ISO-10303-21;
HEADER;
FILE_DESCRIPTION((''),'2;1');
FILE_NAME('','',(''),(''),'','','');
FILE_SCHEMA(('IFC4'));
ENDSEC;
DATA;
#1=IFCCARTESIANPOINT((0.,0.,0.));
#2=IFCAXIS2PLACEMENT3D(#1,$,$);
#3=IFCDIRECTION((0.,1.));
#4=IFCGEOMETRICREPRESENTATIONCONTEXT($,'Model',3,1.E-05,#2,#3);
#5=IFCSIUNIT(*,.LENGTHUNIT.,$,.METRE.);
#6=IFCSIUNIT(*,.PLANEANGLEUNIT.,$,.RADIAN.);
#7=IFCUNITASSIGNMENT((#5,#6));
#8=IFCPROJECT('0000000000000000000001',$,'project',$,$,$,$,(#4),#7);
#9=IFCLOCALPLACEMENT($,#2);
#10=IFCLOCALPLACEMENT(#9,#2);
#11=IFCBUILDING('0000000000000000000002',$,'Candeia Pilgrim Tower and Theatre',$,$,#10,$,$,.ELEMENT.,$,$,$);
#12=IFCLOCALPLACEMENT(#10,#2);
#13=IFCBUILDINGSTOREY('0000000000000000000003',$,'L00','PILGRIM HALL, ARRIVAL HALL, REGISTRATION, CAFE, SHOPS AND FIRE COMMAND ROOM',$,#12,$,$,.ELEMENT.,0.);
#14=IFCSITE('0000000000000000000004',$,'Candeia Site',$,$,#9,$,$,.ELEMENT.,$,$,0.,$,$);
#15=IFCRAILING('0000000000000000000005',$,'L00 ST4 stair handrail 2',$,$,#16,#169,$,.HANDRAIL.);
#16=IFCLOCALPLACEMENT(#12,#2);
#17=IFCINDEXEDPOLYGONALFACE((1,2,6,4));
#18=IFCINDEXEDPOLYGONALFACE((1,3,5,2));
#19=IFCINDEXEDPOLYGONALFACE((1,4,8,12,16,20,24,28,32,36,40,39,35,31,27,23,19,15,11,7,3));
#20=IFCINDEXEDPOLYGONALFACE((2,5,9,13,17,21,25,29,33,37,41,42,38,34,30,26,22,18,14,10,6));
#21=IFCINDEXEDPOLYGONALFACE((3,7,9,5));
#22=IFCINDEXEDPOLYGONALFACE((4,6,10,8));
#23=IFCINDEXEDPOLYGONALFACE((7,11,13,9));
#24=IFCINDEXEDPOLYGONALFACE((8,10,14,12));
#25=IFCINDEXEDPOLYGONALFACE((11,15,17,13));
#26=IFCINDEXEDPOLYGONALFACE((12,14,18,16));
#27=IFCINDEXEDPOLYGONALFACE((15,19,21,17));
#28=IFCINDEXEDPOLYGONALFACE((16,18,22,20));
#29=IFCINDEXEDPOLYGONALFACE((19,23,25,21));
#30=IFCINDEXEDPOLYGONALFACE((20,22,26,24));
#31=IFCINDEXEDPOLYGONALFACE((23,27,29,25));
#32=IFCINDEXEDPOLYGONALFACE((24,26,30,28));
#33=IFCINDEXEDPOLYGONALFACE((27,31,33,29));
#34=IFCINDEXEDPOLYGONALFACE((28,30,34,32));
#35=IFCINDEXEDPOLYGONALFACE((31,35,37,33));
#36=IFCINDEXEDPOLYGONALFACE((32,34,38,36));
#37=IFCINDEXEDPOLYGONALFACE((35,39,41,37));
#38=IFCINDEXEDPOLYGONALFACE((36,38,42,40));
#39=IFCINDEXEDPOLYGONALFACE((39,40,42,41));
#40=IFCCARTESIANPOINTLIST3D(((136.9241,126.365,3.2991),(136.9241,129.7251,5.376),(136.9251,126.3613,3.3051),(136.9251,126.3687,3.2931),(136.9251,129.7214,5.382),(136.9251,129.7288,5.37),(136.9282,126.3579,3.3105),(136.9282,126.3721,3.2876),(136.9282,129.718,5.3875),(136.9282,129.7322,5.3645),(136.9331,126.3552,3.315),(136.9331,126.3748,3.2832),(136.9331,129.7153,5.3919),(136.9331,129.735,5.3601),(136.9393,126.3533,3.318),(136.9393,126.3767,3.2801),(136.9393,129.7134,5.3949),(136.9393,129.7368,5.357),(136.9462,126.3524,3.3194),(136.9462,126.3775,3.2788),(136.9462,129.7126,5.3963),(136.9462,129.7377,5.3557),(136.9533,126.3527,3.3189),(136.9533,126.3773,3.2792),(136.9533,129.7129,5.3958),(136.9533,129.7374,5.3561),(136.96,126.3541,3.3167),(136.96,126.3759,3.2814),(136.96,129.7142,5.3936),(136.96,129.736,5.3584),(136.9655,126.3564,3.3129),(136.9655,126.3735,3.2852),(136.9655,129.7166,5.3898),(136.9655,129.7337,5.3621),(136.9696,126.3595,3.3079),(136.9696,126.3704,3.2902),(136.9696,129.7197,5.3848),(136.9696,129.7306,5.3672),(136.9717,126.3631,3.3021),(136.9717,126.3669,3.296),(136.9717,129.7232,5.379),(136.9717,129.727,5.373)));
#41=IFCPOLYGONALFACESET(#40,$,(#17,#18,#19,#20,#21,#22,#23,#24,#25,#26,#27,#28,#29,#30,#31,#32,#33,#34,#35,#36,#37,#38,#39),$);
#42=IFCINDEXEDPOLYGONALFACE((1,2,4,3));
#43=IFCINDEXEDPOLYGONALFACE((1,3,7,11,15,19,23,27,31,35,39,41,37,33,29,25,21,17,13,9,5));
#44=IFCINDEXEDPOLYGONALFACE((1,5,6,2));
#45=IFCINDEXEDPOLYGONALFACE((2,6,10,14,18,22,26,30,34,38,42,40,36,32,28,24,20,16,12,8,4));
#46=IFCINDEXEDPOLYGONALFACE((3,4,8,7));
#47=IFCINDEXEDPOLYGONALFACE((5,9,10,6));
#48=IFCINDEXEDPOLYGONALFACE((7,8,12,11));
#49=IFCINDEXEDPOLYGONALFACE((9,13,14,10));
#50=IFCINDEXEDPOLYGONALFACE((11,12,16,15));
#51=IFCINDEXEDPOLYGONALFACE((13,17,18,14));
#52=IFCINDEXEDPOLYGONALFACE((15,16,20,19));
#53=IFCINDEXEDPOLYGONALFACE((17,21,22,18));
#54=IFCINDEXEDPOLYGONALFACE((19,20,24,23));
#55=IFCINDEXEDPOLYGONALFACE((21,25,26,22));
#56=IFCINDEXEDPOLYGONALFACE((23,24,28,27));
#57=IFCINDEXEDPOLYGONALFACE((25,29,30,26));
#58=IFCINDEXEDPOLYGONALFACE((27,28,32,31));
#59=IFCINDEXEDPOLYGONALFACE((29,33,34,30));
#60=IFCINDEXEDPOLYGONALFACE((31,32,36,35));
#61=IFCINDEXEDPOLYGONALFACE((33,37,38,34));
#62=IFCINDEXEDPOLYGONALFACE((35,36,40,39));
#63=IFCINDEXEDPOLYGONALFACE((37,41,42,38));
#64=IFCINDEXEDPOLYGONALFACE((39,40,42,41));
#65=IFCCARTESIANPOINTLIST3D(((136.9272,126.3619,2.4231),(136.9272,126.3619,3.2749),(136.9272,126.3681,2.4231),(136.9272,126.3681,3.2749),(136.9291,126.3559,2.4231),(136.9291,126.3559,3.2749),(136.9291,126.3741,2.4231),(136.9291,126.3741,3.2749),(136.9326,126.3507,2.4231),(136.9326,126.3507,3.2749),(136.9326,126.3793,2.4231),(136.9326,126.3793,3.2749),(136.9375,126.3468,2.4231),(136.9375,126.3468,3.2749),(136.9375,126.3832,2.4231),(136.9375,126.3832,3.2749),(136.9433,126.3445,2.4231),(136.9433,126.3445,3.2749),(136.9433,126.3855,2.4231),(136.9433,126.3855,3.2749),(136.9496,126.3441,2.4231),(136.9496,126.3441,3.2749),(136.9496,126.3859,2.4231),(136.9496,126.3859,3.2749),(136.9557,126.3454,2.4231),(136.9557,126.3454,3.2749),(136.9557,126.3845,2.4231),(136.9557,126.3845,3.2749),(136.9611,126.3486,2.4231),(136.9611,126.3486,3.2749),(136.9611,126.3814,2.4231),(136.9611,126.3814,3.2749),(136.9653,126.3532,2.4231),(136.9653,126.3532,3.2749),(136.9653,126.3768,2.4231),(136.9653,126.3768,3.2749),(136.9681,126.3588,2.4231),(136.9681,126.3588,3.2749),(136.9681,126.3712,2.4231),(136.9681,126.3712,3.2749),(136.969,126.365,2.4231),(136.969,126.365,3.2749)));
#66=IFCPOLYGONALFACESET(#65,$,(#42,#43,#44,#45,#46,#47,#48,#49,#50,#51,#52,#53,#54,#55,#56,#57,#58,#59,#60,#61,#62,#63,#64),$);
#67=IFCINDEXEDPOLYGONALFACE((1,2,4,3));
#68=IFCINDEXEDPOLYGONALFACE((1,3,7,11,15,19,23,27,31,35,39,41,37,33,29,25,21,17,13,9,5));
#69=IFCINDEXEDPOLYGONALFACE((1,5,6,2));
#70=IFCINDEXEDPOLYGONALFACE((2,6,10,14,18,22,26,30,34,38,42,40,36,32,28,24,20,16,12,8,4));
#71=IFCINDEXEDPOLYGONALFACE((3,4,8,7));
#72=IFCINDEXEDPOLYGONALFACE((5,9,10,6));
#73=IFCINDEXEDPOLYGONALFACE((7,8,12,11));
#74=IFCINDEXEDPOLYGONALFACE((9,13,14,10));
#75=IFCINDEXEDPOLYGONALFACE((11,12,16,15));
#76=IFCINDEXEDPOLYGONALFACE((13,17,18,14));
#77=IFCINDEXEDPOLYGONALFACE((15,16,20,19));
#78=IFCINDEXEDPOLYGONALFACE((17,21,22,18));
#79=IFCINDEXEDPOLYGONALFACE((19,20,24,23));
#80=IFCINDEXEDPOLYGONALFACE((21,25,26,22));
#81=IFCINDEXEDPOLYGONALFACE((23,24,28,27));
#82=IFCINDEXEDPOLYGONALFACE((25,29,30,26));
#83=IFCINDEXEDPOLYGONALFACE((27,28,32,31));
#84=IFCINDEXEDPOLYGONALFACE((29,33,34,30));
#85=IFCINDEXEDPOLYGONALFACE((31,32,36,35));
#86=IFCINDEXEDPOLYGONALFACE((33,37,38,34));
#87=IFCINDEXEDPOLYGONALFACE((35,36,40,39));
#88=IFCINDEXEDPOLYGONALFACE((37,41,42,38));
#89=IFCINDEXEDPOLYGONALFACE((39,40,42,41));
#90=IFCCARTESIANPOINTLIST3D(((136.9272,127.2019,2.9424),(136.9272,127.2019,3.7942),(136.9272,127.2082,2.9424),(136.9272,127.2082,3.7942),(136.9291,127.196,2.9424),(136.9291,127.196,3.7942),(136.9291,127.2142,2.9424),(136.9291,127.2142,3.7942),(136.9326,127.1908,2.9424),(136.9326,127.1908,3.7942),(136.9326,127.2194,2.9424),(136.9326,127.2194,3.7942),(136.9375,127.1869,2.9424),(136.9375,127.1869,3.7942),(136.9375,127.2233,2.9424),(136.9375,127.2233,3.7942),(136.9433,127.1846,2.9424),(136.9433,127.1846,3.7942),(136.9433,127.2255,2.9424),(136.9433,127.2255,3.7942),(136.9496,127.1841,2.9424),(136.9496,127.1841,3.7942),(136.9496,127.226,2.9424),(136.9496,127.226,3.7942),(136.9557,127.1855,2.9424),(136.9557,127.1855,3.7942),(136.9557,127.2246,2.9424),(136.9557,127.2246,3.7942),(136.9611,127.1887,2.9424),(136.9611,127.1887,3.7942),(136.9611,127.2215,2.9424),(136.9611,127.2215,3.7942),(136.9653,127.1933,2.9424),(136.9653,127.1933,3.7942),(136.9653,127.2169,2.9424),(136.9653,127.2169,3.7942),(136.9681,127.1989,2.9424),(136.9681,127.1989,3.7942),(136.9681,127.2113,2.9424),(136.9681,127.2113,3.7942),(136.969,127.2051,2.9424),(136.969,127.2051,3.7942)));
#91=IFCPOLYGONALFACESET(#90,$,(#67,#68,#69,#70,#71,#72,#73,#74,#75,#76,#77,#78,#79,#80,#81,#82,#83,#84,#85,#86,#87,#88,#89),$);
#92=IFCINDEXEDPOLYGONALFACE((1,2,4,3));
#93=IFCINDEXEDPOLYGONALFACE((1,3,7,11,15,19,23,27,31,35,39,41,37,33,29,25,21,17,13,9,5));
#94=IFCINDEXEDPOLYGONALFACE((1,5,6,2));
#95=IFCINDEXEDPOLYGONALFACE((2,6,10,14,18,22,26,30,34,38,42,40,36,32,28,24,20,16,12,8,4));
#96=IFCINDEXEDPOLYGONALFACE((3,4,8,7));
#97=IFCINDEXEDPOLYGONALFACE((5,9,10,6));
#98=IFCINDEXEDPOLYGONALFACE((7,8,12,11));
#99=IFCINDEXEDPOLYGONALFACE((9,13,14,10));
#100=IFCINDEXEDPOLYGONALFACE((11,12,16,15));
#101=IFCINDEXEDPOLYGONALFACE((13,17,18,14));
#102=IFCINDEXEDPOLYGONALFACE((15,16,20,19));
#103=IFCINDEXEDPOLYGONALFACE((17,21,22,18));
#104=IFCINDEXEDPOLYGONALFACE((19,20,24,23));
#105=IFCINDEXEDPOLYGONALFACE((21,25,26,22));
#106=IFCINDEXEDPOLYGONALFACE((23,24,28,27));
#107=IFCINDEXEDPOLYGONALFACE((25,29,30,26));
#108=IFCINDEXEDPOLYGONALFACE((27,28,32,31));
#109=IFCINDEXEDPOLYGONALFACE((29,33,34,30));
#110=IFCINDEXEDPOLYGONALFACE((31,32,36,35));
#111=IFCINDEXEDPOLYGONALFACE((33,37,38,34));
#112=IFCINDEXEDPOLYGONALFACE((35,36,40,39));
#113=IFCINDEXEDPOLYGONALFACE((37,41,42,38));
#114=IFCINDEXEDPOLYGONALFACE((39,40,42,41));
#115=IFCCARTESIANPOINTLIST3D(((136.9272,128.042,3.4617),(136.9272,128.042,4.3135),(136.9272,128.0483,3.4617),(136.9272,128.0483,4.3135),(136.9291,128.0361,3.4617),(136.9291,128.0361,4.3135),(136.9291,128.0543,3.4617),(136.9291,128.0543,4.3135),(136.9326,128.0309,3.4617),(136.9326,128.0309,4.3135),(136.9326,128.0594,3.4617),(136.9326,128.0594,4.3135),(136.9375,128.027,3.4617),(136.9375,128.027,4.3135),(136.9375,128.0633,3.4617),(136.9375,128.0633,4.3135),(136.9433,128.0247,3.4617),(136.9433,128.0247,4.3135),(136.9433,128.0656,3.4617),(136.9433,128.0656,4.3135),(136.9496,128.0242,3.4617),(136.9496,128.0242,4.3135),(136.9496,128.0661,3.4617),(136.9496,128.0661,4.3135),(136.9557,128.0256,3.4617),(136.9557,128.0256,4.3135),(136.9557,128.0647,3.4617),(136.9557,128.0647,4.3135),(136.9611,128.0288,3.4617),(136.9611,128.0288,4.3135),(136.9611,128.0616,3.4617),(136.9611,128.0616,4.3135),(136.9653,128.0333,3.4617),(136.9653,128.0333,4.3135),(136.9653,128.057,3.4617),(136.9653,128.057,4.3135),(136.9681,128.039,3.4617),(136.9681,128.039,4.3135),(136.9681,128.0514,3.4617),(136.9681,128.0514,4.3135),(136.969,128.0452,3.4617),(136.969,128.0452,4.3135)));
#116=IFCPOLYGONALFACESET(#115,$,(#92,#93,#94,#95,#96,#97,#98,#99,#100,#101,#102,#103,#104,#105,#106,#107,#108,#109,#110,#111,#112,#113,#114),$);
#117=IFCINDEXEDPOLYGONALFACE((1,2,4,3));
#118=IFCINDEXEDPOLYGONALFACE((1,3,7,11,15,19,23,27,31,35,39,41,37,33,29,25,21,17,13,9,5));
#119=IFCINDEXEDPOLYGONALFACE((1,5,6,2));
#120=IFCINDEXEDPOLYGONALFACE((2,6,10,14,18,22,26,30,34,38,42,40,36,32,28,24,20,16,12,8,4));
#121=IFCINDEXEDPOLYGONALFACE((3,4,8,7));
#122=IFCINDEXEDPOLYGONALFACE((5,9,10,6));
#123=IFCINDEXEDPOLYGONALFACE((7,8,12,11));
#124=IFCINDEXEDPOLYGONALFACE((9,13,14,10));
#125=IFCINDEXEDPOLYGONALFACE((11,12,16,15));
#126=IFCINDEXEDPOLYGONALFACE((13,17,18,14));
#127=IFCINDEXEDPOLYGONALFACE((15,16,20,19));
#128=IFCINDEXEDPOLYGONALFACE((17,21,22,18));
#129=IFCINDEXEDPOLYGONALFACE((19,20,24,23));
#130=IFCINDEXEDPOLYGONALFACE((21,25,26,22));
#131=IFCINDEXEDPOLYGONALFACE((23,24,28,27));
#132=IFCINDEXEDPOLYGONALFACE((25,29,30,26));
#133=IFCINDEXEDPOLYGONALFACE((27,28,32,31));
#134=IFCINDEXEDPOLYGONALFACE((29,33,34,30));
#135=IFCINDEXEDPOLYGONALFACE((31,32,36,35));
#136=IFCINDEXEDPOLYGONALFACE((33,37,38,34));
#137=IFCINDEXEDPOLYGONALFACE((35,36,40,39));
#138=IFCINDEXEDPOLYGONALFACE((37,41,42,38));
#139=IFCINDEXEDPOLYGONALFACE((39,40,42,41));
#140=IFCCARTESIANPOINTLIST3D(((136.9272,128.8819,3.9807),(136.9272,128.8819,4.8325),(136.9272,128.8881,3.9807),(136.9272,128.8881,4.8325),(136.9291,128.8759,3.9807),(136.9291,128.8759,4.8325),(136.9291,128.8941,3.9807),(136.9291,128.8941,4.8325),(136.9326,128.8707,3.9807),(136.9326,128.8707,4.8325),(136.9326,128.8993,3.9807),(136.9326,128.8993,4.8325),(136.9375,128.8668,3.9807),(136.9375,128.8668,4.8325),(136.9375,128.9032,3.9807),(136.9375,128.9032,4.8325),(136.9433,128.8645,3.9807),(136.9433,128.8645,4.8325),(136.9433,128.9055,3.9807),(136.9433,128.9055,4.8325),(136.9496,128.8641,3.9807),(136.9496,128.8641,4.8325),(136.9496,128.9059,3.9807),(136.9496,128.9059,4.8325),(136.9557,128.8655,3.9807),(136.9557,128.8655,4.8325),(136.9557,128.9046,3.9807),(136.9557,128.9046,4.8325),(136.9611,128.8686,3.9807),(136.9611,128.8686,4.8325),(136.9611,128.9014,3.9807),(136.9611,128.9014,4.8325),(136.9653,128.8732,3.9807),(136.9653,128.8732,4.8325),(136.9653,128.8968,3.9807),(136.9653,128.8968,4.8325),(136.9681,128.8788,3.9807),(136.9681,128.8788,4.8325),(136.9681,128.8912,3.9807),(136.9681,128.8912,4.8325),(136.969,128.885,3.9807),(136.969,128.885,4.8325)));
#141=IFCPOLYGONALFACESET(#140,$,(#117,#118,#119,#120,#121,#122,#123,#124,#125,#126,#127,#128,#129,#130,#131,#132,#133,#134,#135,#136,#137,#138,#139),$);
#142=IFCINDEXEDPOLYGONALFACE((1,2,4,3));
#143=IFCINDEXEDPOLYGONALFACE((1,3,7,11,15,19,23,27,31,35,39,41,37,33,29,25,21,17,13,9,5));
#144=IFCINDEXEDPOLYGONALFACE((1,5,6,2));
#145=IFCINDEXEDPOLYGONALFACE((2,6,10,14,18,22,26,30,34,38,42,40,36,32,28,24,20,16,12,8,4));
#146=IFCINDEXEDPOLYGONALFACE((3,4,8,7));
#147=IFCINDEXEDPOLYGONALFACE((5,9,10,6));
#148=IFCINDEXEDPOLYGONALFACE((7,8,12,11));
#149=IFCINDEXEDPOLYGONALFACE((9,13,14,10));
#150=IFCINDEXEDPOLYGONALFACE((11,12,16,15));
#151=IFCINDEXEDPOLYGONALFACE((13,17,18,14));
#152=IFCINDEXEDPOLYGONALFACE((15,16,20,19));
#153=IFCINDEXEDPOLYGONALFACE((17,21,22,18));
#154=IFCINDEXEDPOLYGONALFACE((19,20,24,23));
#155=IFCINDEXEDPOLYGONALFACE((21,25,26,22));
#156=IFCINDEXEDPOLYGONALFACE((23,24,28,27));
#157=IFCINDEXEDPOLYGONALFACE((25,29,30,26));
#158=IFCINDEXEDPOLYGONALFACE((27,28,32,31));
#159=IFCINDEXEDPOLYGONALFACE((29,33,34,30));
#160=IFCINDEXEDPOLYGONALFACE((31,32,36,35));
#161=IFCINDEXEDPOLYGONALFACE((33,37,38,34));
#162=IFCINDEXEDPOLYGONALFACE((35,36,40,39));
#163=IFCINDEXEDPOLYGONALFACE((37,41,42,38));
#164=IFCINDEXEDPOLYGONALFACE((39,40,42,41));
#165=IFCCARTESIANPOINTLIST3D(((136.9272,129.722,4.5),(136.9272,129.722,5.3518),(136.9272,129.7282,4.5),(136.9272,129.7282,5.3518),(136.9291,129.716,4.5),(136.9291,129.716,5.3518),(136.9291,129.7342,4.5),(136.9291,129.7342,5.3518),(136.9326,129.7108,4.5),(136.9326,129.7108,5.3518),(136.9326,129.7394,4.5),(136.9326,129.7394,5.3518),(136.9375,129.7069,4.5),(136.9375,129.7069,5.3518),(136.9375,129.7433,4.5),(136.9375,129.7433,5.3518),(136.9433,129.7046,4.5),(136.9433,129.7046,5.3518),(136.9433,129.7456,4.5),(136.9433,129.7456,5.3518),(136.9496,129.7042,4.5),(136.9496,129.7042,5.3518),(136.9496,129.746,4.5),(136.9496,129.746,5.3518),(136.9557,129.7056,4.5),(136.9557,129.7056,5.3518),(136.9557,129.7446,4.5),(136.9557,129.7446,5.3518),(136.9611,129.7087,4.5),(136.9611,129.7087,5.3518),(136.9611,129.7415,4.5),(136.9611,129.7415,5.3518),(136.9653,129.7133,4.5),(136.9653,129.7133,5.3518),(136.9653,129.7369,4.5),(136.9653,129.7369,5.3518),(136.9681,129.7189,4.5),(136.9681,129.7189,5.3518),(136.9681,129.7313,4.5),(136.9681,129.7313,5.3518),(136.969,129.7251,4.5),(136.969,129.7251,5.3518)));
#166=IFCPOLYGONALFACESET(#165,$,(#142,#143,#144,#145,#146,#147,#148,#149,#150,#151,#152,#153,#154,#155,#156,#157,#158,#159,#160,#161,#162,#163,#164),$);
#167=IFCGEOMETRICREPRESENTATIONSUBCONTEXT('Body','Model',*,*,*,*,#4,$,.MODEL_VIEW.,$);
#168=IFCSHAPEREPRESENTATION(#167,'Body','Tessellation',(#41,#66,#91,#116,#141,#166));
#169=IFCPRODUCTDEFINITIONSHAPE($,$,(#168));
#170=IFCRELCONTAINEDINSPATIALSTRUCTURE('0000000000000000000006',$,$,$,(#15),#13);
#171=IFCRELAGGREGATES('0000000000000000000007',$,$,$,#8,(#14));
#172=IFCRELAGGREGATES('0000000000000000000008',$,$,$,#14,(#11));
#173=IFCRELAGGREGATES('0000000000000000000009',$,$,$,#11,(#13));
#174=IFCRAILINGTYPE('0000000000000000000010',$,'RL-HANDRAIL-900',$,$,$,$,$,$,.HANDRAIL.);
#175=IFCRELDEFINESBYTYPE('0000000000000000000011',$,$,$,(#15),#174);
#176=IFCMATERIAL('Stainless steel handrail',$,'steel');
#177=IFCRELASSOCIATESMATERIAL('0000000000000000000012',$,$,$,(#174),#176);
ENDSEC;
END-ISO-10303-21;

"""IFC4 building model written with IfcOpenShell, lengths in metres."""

from ifc_helpers import new_model, si_unit, direction, frame, origin, origin_2d, place, context, subcontext, project, spatial, circle, extrude, material, type_object, element, save


model = new_model("IFC4")

# Units and contexts
model_context = context("Model", 3, precision=1e-05, world=origin(), true_north=direction((0.0, 1.0)))
body_context = subcontext(model_context, "Body", "Model", "MODEL_VIEW")
ifc_project = project(units=[si_unit("LENGTHUNIT", "METRE"), si_unit("PLANEANGLEUNIT", "RADIAN")], contexts=[model_context])

# Site, building, storey
site_placement = place(None, origin())
site = spatial("IfcSite", under=ifc_project, at=site_placement, Name="Candeia Site", CompositionType="ELEMENT", RefElevation=0.0)
building_placement = place(site_placement, origin())
building = spatial("IfcBuilding", under=site, at=building_placement, Name="Candeia Pilgrim Tower and Theatre", CompositionType="ELEMENT")
storey_placement = place(building_placement, origin())
storey = spatial("IfcBuildingStorey", under=building, at=storey_placement, Name="L00", Description="PILGRIM HALL, ARRIVAL HALL, REGISTRATION, CAFE, SHOPS AND FIRE COMMAND ROOM", CompositionType="ELEMENT", Elevation=0.0)

# Railing
ifc_material_1 = material(Name="Stainless steel handrail", Category="steel")
railing_type = type_object("IfcRailingType", Name="RL-HANDRAIL-900", PredefinedType="HANDRAIL", material=ifc_material_1)
for number, where, name in (
    (1, (136.948, 126.365, 2.4231), "L00 ST4 stair handrail 2"),
):
    element("IfcRailing", number, at=place(storey_placement, frame(where)), inside=storey, type_object=railing_type, Name=name, PredefinedType="HANDRAIL", context=body_context, shape_type="SweptSolid", body=[
        extrude(circle(Radius=0.0239, at=origin_2d()), frame((0.0, 0.0, 0.876), z_axis=(0.0, 0.850623, 0.525776), x_axis=(-1.0, 0.0, 0.0)), (0.0, 0.0, 1.0), 3.9502),
        extrude(circle(Radius=0.021, at=origin_2d()), origin(), (0.0, 0.0, 1.0), 0.8518),
        extrude(circle(Radius=0.021, at=origin_2d()), frame((0.0, 0.8401, 0.5193)), (0.0, 0.0, 1.0), 0.8518),
        extrude(circle(Radius=0.021, at=origin_2d()), frame((0.0, 1.6802, 1.0386)), (0.0, 0.0, 1.0), 0.8518),
        extrude(circle(Radius=0.021, at=origin_2d()), frame((0.0, 2.52, 1.5576)), (0.0, 0.0, 1.0), 0.8518),
        extrude(circle(Radius=0.021, at=origin_2d()), frame((0.0, 3.3601, 2.0769)), (0.0, 0.0, 1.0), 0.8518),
    ])

save(model, "model.ifc")
